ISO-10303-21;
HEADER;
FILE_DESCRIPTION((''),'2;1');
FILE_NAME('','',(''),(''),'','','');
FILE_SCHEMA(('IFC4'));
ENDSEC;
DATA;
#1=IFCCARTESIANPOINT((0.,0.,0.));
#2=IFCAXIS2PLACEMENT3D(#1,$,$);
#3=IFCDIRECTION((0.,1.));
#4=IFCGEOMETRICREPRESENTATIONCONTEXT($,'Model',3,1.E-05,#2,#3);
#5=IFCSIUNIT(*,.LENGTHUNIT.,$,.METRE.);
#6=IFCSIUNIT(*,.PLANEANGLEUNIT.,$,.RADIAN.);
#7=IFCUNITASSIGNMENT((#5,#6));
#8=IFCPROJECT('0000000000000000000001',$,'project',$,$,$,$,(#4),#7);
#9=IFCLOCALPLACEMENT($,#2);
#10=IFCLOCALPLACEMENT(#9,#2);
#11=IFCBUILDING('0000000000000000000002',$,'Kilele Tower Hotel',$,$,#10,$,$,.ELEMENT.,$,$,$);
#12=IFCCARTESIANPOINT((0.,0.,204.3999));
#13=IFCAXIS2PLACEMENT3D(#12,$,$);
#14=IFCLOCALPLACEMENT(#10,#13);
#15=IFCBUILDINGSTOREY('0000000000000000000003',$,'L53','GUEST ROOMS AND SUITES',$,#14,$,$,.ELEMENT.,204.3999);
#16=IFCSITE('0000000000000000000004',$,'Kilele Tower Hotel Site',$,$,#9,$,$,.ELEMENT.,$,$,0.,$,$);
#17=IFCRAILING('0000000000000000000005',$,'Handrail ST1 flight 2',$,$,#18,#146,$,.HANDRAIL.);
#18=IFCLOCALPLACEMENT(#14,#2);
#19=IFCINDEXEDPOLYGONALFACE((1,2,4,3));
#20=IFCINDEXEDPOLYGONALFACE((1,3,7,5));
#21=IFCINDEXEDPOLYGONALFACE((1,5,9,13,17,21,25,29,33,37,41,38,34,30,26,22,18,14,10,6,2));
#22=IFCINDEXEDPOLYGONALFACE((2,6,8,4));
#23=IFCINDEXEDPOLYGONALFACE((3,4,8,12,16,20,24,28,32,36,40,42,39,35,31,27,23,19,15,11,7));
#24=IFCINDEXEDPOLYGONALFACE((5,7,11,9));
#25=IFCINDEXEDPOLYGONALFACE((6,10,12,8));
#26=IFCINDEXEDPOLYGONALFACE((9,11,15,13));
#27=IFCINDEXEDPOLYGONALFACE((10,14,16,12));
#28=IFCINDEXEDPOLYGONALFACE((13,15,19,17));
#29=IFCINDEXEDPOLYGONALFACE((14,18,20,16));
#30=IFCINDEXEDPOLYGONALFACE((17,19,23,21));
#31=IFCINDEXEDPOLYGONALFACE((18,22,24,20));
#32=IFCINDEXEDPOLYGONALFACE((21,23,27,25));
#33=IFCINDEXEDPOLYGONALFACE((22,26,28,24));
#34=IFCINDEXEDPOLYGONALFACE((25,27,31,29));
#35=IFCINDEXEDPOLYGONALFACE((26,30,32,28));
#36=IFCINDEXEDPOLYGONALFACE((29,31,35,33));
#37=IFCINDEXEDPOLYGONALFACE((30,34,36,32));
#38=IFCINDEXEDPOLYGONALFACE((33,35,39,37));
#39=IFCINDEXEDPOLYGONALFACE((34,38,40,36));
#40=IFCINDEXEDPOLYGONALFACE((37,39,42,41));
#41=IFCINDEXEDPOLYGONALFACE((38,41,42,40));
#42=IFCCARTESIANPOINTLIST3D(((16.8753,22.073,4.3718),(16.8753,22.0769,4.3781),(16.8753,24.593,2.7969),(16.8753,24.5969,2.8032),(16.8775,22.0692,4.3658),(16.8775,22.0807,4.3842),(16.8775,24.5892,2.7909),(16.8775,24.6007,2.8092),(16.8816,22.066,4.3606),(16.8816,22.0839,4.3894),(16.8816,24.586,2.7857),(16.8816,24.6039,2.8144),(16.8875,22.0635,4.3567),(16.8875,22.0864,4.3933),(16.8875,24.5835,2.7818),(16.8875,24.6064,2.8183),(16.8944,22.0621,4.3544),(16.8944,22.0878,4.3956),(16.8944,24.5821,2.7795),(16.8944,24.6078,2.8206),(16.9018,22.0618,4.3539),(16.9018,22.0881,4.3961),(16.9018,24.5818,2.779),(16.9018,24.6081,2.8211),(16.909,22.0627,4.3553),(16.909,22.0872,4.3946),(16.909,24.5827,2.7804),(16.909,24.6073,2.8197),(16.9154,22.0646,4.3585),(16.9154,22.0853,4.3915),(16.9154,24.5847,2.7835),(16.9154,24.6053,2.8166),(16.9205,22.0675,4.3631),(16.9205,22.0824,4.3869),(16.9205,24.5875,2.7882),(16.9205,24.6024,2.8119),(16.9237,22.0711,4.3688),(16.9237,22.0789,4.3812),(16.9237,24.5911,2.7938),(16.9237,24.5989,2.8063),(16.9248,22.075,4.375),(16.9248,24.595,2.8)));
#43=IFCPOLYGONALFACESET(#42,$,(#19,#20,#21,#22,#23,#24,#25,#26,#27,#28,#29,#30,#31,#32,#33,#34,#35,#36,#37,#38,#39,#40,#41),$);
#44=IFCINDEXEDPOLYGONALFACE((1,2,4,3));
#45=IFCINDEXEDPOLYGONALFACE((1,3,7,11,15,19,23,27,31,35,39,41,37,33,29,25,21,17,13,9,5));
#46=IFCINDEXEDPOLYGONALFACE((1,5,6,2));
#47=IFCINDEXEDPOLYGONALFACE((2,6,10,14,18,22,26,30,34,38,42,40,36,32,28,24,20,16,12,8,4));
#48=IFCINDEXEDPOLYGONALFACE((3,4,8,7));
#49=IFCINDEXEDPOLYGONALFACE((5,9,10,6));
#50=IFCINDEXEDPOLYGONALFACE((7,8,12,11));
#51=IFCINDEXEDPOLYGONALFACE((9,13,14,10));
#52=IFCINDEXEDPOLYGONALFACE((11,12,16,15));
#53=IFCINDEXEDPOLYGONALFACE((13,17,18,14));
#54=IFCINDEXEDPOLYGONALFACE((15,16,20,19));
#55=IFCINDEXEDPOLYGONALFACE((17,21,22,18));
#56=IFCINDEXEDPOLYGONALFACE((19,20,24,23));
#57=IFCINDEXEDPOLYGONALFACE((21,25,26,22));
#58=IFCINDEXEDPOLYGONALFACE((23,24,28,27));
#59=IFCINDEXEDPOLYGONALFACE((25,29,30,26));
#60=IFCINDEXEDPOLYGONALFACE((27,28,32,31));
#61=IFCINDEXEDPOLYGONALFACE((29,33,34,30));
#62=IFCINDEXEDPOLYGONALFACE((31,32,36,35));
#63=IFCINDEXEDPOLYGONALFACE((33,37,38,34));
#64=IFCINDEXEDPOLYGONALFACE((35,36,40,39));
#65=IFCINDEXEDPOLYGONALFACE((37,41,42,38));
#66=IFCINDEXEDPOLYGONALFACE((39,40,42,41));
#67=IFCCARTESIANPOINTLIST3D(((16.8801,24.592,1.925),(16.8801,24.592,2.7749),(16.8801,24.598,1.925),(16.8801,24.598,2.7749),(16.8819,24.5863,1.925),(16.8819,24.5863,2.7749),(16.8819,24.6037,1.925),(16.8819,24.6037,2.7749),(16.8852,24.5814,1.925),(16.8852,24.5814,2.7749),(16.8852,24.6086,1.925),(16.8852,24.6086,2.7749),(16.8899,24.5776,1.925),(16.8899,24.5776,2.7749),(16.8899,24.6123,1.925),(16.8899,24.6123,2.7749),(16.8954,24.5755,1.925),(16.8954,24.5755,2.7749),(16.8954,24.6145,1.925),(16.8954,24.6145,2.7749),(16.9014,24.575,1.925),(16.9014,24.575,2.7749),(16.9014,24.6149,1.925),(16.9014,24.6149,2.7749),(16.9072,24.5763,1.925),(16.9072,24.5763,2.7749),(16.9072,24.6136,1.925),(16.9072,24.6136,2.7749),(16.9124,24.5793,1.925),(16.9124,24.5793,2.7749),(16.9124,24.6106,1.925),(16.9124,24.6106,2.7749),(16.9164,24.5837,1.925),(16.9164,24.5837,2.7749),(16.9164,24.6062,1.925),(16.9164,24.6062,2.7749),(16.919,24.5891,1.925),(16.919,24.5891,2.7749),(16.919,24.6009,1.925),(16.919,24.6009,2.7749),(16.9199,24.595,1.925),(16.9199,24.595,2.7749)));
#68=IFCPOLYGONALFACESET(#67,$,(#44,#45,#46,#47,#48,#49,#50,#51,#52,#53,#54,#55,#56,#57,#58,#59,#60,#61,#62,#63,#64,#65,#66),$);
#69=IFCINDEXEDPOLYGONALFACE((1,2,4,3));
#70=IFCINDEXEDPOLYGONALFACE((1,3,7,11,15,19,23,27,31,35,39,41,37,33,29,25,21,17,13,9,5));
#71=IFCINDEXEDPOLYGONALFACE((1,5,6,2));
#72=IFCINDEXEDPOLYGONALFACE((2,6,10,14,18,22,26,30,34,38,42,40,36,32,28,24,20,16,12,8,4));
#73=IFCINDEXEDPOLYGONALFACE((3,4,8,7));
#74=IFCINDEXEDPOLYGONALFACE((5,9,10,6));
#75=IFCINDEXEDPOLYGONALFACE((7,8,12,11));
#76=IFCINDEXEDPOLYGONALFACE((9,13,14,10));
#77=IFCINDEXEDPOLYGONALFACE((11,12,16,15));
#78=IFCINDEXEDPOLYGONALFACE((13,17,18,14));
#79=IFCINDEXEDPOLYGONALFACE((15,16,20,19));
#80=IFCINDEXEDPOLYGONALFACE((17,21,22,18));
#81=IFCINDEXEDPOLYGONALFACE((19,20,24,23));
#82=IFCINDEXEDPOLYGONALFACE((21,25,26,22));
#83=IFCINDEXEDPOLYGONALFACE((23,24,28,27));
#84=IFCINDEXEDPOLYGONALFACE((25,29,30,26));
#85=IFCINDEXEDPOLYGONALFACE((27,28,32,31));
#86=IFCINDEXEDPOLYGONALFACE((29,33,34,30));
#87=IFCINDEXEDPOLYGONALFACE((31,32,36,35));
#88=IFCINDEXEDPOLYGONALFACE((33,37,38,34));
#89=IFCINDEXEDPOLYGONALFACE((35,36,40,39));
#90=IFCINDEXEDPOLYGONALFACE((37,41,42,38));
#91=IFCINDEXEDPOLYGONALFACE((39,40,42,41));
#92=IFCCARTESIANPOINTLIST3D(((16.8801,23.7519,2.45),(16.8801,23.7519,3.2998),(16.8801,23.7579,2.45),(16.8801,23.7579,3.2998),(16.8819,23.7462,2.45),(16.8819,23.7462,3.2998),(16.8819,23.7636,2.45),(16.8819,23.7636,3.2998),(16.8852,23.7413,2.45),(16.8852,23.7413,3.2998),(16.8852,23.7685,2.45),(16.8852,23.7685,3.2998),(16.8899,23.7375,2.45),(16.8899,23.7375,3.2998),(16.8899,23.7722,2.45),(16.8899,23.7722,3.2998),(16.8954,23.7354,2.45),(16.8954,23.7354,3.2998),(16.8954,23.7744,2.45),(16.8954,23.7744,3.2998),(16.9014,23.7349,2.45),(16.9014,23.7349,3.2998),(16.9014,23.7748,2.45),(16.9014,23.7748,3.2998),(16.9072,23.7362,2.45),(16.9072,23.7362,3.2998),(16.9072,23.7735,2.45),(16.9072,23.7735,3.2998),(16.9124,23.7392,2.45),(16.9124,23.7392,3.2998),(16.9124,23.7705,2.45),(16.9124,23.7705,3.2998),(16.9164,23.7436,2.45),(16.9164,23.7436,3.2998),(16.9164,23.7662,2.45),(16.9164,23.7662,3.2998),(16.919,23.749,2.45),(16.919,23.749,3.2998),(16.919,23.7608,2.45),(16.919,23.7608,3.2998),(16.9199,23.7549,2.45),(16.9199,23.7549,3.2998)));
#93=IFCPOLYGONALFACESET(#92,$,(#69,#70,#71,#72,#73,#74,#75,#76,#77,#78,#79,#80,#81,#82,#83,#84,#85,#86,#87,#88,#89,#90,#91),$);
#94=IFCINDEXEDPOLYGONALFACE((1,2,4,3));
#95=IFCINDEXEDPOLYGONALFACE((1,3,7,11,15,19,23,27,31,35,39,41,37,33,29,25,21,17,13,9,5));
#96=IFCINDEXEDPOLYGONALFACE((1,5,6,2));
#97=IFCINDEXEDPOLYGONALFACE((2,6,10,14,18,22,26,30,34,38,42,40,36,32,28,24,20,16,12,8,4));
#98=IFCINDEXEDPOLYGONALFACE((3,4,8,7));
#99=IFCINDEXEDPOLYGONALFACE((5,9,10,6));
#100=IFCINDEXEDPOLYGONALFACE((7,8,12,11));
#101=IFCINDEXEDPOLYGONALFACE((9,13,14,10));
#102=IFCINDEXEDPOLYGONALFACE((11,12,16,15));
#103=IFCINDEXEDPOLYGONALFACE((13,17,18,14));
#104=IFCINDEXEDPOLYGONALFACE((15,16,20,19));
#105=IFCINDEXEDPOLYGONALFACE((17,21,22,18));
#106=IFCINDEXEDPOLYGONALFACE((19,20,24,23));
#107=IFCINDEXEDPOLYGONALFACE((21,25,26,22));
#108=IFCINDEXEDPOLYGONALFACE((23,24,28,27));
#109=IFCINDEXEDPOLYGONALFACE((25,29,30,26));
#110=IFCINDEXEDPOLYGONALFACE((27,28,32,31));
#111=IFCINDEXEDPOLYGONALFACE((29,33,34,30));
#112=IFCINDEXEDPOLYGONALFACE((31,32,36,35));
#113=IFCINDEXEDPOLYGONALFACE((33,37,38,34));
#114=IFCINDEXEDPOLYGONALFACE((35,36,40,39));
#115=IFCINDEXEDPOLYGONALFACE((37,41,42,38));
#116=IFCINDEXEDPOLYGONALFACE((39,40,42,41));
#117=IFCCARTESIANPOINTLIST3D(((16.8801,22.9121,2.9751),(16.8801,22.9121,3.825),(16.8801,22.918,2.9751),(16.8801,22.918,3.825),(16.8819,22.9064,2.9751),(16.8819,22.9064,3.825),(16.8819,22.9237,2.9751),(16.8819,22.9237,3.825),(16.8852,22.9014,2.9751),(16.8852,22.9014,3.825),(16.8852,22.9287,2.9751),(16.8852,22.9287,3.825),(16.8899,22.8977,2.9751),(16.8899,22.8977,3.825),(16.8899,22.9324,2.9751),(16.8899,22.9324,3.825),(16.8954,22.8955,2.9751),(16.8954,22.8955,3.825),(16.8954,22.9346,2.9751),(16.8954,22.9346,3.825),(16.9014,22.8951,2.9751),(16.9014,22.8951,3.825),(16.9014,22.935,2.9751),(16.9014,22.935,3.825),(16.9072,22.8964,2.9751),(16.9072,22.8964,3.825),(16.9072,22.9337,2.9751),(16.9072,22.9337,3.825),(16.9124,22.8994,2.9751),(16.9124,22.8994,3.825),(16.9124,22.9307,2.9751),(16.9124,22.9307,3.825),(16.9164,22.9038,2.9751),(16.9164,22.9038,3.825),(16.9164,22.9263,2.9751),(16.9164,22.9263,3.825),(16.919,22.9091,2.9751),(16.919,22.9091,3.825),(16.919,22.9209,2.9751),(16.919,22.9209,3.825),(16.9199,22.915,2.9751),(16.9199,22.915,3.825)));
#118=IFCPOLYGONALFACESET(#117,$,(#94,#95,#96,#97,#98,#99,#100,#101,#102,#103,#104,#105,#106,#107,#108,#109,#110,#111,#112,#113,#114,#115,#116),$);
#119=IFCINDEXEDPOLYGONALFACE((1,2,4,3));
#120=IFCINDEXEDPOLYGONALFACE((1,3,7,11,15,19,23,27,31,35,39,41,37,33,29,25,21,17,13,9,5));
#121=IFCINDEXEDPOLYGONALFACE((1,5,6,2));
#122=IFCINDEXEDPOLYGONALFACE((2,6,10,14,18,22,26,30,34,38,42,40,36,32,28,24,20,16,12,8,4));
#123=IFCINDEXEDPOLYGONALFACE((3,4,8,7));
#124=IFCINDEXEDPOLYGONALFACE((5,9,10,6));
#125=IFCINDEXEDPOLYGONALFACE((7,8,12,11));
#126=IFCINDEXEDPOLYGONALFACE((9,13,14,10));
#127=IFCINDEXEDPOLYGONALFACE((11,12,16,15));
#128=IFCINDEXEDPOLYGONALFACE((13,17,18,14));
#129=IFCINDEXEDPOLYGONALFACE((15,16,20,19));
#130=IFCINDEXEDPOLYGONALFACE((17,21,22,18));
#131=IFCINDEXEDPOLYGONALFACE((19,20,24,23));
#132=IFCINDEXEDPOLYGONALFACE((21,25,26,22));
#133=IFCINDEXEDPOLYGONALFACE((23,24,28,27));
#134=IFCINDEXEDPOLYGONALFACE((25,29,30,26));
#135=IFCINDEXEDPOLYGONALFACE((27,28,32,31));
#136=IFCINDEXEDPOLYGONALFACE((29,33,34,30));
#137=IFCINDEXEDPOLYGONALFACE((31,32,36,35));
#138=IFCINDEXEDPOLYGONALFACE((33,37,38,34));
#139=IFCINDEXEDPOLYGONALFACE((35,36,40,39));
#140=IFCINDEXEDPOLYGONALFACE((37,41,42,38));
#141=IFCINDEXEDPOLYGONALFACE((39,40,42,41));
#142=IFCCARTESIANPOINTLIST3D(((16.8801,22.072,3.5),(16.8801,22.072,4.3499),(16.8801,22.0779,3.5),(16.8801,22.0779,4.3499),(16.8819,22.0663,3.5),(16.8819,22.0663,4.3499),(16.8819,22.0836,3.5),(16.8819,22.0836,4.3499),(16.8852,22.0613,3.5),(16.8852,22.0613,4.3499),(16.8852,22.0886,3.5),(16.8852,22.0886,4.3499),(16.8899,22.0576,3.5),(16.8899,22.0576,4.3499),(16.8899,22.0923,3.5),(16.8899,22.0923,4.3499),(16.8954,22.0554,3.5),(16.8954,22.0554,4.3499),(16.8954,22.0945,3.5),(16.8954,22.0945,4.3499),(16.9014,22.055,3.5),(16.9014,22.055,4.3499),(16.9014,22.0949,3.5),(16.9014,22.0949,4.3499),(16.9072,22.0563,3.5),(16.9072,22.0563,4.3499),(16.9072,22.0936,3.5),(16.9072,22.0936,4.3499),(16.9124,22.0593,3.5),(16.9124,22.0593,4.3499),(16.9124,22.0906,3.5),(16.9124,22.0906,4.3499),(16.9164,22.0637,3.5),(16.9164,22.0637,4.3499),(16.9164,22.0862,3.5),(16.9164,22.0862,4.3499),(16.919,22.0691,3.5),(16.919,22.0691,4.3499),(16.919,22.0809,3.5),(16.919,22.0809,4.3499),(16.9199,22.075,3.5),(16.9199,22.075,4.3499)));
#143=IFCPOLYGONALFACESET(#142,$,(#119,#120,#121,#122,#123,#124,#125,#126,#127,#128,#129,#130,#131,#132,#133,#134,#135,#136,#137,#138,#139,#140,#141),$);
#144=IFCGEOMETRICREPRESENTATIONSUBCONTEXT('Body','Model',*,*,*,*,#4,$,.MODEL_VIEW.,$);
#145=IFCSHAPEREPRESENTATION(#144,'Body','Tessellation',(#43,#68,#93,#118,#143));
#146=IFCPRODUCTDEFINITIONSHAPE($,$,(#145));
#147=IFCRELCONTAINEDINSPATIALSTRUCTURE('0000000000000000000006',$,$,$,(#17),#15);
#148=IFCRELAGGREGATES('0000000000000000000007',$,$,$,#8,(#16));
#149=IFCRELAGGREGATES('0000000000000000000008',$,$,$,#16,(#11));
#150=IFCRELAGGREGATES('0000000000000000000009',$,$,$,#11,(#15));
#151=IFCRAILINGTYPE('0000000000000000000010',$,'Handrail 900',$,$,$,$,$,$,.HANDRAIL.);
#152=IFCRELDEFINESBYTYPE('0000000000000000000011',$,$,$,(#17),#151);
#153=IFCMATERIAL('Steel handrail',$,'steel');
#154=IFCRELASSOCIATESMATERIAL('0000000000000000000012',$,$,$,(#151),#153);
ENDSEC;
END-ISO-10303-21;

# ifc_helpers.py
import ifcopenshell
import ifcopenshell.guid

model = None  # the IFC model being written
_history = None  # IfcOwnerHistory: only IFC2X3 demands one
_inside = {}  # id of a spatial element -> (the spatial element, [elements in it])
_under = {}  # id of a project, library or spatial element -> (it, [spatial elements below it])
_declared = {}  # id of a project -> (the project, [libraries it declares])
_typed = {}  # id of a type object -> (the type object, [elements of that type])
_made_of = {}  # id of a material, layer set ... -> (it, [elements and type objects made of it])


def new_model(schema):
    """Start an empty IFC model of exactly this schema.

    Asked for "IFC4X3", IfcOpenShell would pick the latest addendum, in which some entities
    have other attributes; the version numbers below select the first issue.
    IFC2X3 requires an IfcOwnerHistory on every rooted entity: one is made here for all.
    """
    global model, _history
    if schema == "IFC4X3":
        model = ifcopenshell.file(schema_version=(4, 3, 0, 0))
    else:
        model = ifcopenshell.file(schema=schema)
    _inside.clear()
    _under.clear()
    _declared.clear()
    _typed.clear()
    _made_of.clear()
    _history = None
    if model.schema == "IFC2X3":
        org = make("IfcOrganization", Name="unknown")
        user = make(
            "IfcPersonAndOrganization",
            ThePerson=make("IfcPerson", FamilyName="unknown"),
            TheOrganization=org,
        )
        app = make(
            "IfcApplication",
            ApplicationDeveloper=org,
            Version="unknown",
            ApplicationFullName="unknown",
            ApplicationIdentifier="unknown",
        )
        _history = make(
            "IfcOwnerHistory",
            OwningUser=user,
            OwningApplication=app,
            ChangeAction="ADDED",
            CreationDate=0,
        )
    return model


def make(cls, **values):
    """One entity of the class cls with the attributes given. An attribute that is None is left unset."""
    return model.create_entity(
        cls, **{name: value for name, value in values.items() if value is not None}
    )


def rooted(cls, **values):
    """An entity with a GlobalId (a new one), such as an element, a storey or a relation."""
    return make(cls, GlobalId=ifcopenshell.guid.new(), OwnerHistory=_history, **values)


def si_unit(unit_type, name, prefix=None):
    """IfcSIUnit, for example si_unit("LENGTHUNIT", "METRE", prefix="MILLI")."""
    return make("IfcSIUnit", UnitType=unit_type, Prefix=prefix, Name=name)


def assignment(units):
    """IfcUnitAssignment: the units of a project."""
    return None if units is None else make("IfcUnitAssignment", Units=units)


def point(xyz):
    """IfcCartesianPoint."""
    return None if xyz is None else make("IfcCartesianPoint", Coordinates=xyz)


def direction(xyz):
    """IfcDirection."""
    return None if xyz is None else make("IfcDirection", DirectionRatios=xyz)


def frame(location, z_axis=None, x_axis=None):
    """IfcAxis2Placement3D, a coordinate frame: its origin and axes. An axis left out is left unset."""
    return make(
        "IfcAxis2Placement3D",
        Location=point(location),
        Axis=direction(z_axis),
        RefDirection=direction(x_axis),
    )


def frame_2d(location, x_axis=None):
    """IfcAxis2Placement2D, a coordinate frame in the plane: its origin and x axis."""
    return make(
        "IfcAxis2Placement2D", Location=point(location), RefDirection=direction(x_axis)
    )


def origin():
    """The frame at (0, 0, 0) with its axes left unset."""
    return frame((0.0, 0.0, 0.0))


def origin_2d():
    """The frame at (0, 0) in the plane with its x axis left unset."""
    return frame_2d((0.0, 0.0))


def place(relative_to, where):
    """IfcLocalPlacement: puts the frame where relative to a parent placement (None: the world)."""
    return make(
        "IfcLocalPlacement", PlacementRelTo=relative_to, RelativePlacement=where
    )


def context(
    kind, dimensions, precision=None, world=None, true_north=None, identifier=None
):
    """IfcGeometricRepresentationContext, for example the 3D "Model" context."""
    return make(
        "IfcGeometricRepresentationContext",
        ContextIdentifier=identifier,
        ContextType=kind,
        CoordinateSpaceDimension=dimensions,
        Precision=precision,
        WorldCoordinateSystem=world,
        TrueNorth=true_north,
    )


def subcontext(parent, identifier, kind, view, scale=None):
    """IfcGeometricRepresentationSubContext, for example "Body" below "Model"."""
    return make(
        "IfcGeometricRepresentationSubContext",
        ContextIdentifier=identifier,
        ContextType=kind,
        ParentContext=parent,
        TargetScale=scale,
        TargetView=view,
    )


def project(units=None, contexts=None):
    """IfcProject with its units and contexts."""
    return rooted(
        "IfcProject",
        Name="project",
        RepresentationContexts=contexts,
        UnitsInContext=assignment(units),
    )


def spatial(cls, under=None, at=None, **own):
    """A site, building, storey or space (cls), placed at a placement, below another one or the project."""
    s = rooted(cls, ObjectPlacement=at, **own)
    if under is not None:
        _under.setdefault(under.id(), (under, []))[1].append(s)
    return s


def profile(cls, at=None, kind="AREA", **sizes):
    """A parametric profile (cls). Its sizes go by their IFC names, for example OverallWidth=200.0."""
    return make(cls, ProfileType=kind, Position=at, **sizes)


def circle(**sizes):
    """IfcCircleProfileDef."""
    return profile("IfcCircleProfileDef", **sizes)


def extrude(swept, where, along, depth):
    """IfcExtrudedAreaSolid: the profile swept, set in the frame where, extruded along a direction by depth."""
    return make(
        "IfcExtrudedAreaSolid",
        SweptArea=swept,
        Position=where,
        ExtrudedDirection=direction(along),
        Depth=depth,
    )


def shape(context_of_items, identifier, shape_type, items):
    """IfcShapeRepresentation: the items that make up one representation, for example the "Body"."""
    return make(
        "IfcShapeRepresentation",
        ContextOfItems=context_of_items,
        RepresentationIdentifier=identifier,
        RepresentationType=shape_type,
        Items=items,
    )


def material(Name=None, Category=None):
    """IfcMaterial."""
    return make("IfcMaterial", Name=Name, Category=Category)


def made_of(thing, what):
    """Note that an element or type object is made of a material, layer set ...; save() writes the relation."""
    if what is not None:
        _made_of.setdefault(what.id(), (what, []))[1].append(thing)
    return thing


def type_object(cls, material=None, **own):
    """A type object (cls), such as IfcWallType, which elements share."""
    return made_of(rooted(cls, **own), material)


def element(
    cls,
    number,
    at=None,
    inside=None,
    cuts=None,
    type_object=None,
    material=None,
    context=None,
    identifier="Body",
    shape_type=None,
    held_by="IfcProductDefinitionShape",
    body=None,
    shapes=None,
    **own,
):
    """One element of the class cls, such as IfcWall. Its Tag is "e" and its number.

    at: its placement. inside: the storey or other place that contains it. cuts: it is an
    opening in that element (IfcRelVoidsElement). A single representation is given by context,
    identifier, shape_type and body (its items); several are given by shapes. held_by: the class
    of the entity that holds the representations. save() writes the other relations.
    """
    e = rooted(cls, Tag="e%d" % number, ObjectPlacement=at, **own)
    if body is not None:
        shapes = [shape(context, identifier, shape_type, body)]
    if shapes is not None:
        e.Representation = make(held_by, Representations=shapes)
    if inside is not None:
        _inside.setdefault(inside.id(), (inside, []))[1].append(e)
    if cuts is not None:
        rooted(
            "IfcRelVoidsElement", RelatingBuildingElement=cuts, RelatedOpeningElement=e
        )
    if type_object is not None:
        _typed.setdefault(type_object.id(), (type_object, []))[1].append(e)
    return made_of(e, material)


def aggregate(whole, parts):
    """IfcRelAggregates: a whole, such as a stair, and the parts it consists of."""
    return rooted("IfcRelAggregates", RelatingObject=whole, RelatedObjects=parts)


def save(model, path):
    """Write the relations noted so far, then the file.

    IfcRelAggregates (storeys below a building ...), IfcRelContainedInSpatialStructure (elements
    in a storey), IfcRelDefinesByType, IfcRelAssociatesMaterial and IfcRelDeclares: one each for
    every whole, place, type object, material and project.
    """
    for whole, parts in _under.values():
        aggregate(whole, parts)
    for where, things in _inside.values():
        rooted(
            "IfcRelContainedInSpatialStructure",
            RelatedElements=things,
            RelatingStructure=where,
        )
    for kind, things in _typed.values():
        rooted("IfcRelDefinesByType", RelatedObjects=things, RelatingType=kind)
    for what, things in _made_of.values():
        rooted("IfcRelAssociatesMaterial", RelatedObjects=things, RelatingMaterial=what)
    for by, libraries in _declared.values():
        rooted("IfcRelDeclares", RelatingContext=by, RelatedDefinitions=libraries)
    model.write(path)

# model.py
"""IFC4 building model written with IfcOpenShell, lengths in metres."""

from ifc_helpers import new_model, si_unit, direction, frame, origin, origin_2d, place, context, subcontext, project, spatial, circle, extrude, material, type_object, element, save


model = new_model("IFC4")

# Units and contexts
model_context = context("Model", 3, precision=1e-05, world=origin(), true_north=direction((0.0, 1.0)))
body_context = subcontext(model_context, "Body", "Model", "MODEL_VIEW")
ifc_project = project(units=[si_unit("LENGTHUNIT", "METRE"), si_unit("PLANEANGLEUNIT", "RADIAN")], contexts=[model_context])

# Site, building, storey
site_placement = place(None, origin())
site = spatial("IfcSite", under=ifc_project, at=site_placement, Name="Kilele Tower Hotel Site", CompositionType="ELEMENT", RefElevation=0.0)
building_placement = place(site_placement, origin())
building = spatial("IfcBuilding", under=site, at=building_placement, Name="Kilele Tower Hotel", CompositionType="ELEMENT")
storey_placement = place(building_placement, frame((0.0, 0.0, 204.3999)))
storey = spatial("IfcBuildingStorey", under=building, at=storey_placement, Name="L53", Description="GUEST ROOMS AND SUITES", CompositionType="ELEMENT", Elevation=204.3999)

# Railing
ifc_material_1 = material(Name="Steel handrail", Category="steel")
railing_type_1 = type_object("IfcRailingType", Name="Handrail 900", PredefinedType="HANDRAIL", material=ifc_material_1)
for number, where, name in (
    (1, (16.8999, 24.595, 1.925), "Handrail ST1 flight 2"),
):
    element("IfcRailing", number, at=place(storey_placement, frame(where)), inside=storey, type_object=railing_type_1, Name=name, PredefinedType="HANDRAIL", context=body_context, shape_type="SweptSolid", body=[
        extrude(circle(Radius=0.0249, at=origin_2d()), frame((0.0, 0.0, 0.875), z_axis=(0.0, -0.848008, 0.529984), x_axis=(1.0, 0.0, 0.0)), (0.0, 0.0, 1.0), 2.9717),
        extrude(circle(Radius=0.02, at=origin_2d()), origin(), (0.0, 0.0, 1.0), 0.8499),
        extrude(circle(Radius=0.02, at=origin_2d()), frame((0.0, -0.8401, 0.5249)), (0.0, 0.0, 1.0), 0.8499),
        extrude(circle(Radius=0.02, at=origin_2d()), frame((0.0, -1.6799, 1.05)), (0.0, 0.0, 1.0), 0.8499),
        extrude(circle(Radius=0.02, at=origin_2d()), frame((0.0, -2.52, 1.575)), (0.0, 0.0, 1.0), 0.8499),
    ])

save(model, "model.ifc")
